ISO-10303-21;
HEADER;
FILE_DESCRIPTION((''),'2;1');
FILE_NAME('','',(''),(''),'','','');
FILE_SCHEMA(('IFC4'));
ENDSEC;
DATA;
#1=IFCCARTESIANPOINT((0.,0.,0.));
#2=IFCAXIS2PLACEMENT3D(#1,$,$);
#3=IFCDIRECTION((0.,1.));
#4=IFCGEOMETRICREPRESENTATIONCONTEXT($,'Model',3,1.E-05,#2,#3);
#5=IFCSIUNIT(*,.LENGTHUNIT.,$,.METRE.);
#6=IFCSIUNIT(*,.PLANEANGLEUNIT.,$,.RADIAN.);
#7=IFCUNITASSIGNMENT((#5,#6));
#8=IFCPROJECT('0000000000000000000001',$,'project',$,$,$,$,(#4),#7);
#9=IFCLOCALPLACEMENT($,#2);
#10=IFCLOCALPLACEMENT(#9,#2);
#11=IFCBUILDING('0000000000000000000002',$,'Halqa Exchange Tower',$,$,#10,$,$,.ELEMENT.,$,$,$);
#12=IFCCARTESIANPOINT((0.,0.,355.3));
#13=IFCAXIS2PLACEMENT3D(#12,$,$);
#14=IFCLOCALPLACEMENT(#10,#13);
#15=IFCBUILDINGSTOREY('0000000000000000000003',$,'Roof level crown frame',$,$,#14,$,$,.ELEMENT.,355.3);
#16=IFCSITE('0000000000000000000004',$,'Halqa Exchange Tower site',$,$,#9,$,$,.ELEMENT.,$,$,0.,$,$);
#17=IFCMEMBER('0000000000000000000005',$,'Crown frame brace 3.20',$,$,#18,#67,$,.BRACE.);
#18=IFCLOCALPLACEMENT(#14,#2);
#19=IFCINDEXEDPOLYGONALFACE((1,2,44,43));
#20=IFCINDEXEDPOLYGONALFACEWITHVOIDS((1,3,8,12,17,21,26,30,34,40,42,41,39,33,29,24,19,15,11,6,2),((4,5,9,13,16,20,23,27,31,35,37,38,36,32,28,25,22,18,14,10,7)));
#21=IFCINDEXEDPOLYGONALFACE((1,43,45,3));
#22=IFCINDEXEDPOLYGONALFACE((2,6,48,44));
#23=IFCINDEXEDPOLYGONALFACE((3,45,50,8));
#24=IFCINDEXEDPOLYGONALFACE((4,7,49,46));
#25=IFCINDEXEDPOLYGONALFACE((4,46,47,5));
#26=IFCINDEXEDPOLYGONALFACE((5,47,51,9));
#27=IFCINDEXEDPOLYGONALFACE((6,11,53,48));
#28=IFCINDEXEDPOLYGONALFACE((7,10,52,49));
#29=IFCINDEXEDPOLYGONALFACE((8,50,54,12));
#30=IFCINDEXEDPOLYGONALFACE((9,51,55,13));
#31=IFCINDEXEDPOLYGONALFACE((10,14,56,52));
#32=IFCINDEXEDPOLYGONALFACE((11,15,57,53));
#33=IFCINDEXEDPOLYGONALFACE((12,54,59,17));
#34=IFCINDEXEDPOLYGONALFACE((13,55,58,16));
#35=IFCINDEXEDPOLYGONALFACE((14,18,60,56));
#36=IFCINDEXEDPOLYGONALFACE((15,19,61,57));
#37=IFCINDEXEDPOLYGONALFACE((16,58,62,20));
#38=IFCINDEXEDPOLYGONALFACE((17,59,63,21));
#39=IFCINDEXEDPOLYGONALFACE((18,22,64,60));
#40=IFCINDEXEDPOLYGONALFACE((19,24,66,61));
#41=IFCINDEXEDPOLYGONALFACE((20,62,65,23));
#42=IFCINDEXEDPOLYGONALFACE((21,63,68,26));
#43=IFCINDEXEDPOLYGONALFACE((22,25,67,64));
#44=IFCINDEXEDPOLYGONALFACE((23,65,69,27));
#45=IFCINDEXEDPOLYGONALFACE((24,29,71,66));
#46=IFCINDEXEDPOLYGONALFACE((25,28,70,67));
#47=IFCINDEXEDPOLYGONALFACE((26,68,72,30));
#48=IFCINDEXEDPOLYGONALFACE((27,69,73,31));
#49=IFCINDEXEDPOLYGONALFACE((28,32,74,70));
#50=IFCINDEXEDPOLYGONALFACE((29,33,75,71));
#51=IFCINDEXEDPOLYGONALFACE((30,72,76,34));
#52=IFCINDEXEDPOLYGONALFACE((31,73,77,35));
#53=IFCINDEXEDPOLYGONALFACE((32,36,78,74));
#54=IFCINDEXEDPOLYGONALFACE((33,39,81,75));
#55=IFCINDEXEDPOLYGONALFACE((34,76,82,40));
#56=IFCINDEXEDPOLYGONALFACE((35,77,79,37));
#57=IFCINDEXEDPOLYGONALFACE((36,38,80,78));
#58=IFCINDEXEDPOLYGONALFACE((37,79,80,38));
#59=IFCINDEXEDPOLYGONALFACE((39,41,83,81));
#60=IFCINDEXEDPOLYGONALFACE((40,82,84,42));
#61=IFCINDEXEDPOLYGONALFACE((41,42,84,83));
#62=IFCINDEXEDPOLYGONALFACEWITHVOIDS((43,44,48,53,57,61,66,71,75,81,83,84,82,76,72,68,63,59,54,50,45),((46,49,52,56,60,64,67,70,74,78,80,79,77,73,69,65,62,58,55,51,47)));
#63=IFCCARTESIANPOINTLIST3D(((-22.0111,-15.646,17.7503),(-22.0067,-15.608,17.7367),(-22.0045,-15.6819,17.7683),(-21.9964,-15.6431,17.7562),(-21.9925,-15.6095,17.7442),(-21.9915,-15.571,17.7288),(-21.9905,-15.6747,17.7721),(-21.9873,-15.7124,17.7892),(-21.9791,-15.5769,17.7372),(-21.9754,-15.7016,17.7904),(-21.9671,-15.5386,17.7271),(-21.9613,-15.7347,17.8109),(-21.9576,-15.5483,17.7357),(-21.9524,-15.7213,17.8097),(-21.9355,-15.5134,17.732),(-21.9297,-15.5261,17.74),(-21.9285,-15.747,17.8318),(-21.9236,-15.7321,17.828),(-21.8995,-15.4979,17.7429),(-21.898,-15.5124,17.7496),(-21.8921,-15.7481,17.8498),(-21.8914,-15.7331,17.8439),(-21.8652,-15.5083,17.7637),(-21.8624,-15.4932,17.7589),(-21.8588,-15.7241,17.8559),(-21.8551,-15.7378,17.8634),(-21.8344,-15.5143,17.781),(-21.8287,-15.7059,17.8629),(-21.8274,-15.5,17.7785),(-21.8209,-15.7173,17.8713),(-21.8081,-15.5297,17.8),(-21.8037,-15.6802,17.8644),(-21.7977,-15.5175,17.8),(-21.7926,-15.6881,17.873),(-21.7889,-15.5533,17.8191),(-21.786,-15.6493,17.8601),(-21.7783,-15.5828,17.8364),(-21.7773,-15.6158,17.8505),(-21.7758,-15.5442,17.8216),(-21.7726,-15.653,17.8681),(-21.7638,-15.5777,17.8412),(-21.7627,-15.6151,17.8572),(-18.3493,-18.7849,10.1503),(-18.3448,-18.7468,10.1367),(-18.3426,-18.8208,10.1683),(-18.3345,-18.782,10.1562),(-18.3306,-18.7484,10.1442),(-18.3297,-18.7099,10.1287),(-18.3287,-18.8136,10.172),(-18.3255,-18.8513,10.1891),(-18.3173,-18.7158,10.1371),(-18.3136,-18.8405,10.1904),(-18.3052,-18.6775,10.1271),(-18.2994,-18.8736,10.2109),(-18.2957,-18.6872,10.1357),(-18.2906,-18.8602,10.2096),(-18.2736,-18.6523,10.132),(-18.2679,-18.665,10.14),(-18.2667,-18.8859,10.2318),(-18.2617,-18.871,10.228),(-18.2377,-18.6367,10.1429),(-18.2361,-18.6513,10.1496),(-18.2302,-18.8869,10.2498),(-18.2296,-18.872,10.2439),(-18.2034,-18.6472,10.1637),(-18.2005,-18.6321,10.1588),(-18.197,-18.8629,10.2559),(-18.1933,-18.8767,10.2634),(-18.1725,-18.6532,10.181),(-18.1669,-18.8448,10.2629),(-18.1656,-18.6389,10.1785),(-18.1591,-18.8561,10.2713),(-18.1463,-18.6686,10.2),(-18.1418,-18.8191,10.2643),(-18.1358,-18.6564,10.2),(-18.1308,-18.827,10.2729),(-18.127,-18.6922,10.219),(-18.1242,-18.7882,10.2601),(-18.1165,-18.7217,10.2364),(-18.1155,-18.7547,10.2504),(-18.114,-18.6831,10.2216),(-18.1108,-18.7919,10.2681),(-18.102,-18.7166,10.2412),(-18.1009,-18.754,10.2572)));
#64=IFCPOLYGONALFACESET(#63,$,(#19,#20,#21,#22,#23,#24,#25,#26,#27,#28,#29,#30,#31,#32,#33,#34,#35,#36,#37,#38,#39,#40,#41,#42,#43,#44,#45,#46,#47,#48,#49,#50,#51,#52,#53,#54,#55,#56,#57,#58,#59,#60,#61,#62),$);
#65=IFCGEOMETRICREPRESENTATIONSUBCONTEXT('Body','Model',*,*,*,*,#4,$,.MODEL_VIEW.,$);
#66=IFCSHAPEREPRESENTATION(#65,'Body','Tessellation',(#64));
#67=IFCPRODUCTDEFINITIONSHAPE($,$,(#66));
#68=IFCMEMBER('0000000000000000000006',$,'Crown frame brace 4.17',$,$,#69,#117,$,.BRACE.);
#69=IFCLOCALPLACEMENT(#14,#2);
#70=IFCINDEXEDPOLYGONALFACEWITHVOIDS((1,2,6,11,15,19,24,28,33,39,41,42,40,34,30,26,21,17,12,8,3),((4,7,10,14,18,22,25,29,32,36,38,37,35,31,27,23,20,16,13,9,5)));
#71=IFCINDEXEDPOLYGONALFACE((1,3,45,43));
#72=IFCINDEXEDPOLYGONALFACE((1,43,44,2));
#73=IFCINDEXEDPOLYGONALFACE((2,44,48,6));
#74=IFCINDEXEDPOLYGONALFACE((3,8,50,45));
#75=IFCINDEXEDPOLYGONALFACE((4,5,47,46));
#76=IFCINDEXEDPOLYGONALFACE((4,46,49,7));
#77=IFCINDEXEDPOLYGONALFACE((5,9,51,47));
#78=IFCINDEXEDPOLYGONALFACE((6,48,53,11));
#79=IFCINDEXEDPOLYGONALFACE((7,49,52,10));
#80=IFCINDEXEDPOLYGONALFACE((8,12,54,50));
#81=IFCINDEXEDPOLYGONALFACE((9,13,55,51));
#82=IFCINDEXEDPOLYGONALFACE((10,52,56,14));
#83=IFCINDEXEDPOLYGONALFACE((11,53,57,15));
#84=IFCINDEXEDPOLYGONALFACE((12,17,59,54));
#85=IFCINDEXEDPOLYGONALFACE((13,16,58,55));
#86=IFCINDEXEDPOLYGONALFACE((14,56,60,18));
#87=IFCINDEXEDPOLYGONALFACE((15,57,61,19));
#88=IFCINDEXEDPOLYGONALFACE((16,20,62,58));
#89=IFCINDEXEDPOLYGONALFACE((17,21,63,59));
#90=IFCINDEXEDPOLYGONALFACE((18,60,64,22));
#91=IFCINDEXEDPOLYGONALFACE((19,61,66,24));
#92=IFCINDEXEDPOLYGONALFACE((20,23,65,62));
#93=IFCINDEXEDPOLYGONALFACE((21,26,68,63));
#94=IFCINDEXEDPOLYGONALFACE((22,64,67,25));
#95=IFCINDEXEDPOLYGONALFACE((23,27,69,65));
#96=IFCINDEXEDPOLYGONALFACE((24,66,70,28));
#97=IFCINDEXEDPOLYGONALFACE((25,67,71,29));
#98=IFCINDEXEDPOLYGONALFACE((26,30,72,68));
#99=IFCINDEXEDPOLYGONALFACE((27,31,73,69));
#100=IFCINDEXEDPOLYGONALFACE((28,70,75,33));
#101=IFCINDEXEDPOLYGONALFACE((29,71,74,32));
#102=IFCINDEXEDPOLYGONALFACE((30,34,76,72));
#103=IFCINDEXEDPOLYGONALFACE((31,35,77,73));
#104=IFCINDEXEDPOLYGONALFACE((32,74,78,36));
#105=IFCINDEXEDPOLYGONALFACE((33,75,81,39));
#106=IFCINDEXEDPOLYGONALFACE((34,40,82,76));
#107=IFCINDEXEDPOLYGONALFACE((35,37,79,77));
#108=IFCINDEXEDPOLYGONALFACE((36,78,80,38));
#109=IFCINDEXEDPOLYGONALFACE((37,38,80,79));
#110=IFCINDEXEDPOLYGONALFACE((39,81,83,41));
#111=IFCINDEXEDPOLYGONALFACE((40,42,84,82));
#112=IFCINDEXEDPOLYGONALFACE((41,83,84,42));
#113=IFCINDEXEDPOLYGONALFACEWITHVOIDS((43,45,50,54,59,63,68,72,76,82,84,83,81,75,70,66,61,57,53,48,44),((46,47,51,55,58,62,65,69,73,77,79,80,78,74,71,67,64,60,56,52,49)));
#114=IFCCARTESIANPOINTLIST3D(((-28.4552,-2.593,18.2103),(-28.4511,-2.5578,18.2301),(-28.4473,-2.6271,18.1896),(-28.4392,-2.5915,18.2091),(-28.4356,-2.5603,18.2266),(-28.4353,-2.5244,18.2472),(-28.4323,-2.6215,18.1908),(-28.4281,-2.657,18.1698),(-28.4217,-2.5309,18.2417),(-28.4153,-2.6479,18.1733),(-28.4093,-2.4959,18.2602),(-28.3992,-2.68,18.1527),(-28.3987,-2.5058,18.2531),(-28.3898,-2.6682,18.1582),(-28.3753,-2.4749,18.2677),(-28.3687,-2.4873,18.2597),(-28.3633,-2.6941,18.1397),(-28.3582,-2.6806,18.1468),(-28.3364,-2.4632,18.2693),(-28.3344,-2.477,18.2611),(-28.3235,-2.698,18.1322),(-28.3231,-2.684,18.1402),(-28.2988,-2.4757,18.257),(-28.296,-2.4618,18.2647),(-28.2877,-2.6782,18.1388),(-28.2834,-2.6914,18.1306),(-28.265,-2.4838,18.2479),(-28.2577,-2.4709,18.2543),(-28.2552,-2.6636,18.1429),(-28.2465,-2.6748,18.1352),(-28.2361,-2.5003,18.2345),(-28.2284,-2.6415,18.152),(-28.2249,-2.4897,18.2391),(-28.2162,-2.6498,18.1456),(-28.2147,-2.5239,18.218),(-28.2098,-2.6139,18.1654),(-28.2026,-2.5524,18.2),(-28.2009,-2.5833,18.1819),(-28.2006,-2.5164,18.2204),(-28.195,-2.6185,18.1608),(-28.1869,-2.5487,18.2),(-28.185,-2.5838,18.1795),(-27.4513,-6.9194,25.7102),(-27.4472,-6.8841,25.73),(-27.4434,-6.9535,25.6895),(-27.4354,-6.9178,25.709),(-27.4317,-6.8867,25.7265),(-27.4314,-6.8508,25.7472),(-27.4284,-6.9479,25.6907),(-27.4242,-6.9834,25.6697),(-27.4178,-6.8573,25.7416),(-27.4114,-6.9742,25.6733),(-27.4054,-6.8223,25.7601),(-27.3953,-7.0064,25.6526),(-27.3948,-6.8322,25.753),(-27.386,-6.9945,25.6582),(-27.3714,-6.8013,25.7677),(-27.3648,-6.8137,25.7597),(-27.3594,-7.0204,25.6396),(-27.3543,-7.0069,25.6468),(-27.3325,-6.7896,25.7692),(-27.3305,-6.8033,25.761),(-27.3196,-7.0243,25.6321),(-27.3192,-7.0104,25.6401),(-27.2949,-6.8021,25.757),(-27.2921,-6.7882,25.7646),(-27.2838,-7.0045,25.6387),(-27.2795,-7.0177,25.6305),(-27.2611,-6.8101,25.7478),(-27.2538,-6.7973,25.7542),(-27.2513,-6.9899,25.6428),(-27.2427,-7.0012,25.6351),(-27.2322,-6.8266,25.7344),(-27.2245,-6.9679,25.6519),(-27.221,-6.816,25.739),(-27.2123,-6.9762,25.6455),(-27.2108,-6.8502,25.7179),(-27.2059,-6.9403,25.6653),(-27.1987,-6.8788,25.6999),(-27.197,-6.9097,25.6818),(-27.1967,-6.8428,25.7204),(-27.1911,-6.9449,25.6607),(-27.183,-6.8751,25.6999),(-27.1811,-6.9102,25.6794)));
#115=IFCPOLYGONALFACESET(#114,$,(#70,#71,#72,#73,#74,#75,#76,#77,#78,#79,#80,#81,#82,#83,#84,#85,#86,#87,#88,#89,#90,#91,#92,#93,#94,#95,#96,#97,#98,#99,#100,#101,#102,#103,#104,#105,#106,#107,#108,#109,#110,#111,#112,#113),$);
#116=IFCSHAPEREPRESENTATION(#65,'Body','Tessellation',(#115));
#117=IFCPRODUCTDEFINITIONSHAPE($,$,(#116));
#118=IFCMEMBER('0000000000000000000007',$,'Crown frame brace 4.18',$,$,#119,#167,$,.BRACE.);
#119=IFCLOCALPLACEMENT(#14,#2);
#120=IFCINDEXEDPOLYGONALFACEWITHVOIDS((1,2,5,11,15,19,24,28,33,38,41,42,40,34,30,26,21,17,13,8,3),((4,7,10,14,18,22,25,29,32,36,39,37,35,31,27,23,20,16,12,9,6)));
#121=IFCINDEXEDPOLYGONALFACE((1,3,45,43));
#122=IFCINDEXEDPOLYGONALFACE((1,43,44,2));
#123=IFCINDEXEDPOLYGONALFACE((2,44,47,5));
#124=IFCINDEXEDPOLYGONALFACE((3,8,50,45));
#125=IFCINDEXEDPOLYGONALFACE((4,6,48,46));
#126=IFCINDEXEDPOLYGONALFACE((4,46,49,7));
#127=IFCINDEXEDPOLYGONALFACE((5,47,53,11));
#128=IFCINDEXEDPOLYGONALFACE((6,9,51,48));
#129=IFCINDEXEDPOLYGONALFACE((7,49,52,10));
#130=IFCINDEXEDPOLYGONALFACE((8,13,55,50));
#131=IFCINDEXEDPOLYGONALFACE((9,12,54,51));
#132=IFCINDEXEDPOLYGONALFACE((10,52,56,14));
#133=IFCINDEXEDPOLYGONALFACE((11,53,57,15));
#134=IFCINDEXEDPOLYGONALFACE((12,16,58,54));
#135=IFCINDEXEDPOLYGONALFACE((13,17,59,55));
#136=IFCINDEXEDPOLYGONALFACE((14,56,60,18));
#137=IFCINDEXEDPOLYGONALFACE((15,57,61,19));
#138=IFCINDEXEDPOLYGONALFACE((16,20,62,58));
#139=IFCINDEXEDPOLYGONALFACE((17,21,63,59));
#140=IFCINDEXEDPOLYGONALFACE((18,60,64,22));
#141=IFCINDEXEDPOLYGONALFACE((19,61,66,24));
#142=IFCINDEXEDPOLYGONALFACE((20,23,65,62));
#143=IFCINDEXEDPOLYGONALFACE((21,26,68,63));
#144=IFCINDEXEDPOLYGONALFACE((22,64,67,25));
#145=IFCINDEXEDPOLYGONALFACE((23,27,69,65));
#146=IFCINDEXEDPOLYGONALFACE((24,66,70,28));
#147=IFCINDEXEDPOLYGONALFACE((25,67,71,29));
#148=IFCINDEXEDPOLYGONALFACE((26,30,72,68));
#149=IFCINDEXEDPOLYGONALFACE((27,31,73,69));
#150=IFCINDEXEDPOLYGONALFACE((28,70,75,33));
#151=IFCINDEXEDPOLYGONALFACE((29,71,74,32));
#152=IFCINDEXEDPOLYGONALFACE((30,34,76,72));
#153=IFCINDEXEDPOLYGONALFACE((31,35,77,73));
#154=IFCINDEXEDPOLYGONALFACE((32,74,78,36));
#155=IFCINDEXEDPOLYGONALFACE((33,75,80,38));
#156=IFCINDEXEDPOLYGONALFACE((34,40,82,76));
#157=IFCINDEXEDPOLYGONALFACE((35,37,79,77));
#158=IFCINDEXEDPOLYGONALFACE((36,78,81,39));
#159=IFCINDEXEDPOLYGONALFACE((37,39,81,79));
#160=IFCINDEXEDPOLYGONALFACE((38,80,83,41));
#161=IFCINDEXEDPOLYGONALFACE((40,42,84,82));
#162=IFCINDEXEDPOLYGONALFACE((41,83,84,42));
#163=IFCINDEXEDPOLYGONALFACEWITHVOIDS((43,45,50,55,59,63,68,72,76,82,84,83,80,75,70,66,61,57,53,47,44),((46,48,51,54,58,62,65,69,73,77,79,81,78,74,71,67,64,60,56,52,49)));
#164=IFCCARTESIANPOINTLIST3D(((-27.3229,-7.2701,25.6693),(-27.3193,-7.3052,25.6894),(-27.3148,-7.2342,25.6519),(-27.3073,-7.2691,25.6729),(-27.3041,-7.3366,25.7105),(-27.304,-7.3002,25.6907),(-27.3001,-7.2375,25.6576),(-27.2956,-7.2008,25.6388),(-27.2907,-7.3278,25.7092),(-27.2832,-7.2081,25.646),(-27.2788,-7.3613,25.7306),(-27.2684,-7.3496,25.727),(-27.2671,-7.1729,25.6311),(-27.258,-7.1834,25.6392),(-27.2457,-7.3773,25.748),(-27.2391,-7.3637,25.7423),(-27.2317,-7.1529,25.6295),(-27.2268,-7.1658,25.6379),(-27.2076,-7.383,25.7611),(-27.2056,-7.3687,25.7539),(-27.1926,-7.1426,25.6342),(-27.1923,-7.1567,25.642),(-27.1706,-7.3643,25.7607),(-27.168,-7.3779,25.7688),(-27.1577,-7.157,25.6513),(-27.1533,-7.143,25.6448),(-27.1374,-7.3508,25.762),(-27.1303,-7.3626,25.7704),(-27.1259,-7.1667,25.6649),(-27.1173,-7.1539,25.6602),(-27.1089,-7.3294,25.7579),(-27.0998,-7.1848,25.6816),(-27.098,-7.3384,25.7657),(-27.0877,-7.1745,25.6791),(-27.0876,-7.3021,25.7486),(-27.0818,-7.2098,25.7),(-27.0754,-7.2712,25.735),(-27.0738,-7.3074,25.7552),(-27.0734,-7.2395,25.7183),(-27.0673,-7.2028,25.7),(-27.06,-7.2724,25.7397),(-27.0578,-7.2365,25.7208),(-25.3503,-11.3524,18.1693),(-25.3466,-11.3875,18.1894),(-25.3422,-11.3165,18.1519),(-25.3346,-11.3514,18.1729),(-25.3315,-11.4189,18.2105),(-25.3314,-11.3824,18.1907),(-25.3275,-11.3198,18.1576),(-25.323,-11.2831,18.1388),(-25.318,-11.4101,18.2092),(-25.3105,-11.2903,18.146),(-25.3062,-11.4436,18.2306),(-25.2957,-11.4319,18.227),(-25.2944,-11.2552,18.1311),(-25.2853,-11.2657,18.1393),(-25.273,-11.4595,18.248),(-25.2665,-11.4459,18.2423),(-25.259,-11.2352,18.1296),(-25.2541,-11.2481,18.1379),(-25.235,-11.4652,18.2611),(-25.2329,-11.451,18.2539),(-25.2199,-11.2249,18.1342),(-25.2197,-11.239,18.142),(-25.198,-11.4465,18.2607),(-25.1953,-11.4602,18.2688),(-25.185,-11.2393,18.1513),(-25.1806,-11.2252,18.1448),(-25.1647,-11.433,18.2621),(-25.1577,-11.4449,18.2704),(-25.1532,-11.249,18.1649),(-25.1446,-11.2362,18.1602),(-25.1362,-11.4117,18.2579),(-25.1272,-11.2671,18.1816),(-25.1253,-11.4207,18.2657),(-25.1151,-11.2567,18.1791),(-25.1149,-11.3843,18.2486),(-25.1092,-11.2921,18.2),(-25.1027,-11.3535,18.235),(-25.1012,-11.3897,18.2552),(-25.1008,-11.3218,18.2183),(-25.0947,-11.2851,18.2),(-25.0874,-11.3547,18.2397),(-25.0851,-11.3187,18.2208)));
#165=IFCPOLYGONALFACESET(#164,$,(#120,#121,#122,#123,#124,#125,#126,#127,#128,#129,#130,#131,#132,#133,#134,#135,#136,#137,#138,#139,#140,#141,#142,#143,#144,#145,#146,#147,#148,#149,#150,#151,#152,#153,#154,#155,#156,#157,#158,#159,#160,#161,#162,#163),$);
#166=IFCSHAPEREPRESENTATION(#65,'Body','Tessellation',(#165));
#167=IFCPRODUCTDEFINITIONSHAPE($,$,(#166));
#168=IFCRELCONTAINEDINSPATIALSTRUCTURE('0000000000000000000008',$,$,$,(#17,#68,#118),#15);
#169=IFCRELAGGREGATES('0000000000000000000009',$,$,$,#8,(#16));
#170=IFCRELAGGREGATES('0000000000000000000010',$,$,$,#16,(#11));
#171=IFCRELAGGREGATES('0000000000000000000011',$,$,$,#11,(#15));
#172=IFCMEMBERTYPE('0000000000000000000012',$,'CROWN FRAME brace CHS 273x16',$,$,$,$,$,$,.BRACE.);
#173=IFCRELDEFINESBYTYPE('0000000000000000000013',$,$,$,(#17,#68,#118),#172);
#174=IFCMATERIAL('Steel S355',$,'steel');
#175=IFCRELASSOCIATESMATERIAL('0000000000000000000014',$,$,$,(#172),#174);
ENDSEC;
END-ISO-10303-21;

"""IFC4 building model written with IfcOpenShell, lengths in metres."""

from ifc_helpers import new_model, si_unit, direction, frame, origin, origin_2d, place, context, subcontext, project, spatial, hollow_circle, extrude, material, material_profile, profile_set, type_object, element, save


model = new_model("IFC4")

# Units and contexts
model_context = context("Model", 3, precision=1e-05, world=origin(), true_north=direction((0.0, 1.0)))
body_context = subcontext(model_context, "Body", "Model", "MODEL_VIEW")
ifc_project = project(units=[si_unit("LENGTHUNIT", "METRE"), si_unit("PLANEANGLEUNIT", "RADIAN")], contexts=[model_context])

# Site, building, storey
site_placement = place(None, origin())
site = spatial("IfcSite", under=ifc_project, at=site_placement, Name="Halqa Exchange Tower site", CompositionType="ELEMENT", RefElevation=0.0)
building_placement = place(site_placement, origin())
building = spatial("IfcBuilding", under=site, at=building_placement, Name="Halqa Exchange Tower", CompositionType="ELEMENT")
storey_placement = place(building_placement, frame((0.0, 0.0, 355.3)))
storey = spatial("IfcBuildingStorey", under=building, at=storey_placement, Name="Roof level crown frame", CompositionType="ELEMENT", Elevation=355.3)

# Members
ifc_material_1 = material(Name="Steel S355", Category="steel")
ifc_material_profile_1 = material_profile(ifc_material_1, hollow_circle(Radius=0.1365, WallThickness=0.0161, at=origin_2d()), Name="CHS 273x16")
ifc_profile_set_1 = profile_set([ifc_material_profile_1], Name="Steel S355")
member_type = type_object("IfcMemberType", Name="CROWN FRAME brace CHS 273x16", PredefinedType="BRACE", material=ifc_profile_set_1)
member_1_placement = place(storey_placement, frame((-21.8865, -15.6211, 17.8), z_axis=(0.406815, -0.348718, -0.844333), x_axis=(0.650812, 0.759239, 0.0)))
element("IfcMember", 1, at=member_1_placement, inside=storey, type_object=member_type, Name="Crown frame brace 3.20", PredefinedType="BRACE", context=body_context, shape_type="SweptSolid", body=[
    extrude(hollow_circle(Radius=0.1365, WallThickness=0.0161, at=origin_2d()), origin(), (0.0, 0.0, 1.0), 9.0012),
])
member_2_placement = place(storey_placement, frame((-28.3198, -2.5796, 18.2), z_axis=(0.115174, -0.496353, 0.860447), x_axis=(0.974119, 0.226036, 0.0)))
element("IfcMember", 2, at=member_2_placement, inside=storey, type_object=member_type, Name="Crown frame brace 4.17", PredefinedType="BRACE", context=body_context, shape_type="SweptSolid", body=[
    extrude(hollow_circle(Radius=0.1365, WallThickness=0.0161, at=origin_2d()), origin(), (0.0, 0.0, 1.0), 8.7163),
])
member_3_placement = place(storey_placement, frame((-27.1902, -7.2622, 25.7), z_axis=(0.225088, -0.465805, -0.855781), x_axis=(0.900387, 0.435089, 0.0)))
element("IfcMember", 3, at=member_3_placement, inside=storey, type_object=member_type, Name="Crown frame brace 4.18", PredefinedType="BRACE", context=body_context, shape_type="SweptSolid", body=[
    extrude(hollow_circle(Radius=0.1365, WallThickness=0.0161, at=origin_2d()), origin(), (0.0, 0.0, 1.0), 8.7639),
])

save(model, "model.ifc")
